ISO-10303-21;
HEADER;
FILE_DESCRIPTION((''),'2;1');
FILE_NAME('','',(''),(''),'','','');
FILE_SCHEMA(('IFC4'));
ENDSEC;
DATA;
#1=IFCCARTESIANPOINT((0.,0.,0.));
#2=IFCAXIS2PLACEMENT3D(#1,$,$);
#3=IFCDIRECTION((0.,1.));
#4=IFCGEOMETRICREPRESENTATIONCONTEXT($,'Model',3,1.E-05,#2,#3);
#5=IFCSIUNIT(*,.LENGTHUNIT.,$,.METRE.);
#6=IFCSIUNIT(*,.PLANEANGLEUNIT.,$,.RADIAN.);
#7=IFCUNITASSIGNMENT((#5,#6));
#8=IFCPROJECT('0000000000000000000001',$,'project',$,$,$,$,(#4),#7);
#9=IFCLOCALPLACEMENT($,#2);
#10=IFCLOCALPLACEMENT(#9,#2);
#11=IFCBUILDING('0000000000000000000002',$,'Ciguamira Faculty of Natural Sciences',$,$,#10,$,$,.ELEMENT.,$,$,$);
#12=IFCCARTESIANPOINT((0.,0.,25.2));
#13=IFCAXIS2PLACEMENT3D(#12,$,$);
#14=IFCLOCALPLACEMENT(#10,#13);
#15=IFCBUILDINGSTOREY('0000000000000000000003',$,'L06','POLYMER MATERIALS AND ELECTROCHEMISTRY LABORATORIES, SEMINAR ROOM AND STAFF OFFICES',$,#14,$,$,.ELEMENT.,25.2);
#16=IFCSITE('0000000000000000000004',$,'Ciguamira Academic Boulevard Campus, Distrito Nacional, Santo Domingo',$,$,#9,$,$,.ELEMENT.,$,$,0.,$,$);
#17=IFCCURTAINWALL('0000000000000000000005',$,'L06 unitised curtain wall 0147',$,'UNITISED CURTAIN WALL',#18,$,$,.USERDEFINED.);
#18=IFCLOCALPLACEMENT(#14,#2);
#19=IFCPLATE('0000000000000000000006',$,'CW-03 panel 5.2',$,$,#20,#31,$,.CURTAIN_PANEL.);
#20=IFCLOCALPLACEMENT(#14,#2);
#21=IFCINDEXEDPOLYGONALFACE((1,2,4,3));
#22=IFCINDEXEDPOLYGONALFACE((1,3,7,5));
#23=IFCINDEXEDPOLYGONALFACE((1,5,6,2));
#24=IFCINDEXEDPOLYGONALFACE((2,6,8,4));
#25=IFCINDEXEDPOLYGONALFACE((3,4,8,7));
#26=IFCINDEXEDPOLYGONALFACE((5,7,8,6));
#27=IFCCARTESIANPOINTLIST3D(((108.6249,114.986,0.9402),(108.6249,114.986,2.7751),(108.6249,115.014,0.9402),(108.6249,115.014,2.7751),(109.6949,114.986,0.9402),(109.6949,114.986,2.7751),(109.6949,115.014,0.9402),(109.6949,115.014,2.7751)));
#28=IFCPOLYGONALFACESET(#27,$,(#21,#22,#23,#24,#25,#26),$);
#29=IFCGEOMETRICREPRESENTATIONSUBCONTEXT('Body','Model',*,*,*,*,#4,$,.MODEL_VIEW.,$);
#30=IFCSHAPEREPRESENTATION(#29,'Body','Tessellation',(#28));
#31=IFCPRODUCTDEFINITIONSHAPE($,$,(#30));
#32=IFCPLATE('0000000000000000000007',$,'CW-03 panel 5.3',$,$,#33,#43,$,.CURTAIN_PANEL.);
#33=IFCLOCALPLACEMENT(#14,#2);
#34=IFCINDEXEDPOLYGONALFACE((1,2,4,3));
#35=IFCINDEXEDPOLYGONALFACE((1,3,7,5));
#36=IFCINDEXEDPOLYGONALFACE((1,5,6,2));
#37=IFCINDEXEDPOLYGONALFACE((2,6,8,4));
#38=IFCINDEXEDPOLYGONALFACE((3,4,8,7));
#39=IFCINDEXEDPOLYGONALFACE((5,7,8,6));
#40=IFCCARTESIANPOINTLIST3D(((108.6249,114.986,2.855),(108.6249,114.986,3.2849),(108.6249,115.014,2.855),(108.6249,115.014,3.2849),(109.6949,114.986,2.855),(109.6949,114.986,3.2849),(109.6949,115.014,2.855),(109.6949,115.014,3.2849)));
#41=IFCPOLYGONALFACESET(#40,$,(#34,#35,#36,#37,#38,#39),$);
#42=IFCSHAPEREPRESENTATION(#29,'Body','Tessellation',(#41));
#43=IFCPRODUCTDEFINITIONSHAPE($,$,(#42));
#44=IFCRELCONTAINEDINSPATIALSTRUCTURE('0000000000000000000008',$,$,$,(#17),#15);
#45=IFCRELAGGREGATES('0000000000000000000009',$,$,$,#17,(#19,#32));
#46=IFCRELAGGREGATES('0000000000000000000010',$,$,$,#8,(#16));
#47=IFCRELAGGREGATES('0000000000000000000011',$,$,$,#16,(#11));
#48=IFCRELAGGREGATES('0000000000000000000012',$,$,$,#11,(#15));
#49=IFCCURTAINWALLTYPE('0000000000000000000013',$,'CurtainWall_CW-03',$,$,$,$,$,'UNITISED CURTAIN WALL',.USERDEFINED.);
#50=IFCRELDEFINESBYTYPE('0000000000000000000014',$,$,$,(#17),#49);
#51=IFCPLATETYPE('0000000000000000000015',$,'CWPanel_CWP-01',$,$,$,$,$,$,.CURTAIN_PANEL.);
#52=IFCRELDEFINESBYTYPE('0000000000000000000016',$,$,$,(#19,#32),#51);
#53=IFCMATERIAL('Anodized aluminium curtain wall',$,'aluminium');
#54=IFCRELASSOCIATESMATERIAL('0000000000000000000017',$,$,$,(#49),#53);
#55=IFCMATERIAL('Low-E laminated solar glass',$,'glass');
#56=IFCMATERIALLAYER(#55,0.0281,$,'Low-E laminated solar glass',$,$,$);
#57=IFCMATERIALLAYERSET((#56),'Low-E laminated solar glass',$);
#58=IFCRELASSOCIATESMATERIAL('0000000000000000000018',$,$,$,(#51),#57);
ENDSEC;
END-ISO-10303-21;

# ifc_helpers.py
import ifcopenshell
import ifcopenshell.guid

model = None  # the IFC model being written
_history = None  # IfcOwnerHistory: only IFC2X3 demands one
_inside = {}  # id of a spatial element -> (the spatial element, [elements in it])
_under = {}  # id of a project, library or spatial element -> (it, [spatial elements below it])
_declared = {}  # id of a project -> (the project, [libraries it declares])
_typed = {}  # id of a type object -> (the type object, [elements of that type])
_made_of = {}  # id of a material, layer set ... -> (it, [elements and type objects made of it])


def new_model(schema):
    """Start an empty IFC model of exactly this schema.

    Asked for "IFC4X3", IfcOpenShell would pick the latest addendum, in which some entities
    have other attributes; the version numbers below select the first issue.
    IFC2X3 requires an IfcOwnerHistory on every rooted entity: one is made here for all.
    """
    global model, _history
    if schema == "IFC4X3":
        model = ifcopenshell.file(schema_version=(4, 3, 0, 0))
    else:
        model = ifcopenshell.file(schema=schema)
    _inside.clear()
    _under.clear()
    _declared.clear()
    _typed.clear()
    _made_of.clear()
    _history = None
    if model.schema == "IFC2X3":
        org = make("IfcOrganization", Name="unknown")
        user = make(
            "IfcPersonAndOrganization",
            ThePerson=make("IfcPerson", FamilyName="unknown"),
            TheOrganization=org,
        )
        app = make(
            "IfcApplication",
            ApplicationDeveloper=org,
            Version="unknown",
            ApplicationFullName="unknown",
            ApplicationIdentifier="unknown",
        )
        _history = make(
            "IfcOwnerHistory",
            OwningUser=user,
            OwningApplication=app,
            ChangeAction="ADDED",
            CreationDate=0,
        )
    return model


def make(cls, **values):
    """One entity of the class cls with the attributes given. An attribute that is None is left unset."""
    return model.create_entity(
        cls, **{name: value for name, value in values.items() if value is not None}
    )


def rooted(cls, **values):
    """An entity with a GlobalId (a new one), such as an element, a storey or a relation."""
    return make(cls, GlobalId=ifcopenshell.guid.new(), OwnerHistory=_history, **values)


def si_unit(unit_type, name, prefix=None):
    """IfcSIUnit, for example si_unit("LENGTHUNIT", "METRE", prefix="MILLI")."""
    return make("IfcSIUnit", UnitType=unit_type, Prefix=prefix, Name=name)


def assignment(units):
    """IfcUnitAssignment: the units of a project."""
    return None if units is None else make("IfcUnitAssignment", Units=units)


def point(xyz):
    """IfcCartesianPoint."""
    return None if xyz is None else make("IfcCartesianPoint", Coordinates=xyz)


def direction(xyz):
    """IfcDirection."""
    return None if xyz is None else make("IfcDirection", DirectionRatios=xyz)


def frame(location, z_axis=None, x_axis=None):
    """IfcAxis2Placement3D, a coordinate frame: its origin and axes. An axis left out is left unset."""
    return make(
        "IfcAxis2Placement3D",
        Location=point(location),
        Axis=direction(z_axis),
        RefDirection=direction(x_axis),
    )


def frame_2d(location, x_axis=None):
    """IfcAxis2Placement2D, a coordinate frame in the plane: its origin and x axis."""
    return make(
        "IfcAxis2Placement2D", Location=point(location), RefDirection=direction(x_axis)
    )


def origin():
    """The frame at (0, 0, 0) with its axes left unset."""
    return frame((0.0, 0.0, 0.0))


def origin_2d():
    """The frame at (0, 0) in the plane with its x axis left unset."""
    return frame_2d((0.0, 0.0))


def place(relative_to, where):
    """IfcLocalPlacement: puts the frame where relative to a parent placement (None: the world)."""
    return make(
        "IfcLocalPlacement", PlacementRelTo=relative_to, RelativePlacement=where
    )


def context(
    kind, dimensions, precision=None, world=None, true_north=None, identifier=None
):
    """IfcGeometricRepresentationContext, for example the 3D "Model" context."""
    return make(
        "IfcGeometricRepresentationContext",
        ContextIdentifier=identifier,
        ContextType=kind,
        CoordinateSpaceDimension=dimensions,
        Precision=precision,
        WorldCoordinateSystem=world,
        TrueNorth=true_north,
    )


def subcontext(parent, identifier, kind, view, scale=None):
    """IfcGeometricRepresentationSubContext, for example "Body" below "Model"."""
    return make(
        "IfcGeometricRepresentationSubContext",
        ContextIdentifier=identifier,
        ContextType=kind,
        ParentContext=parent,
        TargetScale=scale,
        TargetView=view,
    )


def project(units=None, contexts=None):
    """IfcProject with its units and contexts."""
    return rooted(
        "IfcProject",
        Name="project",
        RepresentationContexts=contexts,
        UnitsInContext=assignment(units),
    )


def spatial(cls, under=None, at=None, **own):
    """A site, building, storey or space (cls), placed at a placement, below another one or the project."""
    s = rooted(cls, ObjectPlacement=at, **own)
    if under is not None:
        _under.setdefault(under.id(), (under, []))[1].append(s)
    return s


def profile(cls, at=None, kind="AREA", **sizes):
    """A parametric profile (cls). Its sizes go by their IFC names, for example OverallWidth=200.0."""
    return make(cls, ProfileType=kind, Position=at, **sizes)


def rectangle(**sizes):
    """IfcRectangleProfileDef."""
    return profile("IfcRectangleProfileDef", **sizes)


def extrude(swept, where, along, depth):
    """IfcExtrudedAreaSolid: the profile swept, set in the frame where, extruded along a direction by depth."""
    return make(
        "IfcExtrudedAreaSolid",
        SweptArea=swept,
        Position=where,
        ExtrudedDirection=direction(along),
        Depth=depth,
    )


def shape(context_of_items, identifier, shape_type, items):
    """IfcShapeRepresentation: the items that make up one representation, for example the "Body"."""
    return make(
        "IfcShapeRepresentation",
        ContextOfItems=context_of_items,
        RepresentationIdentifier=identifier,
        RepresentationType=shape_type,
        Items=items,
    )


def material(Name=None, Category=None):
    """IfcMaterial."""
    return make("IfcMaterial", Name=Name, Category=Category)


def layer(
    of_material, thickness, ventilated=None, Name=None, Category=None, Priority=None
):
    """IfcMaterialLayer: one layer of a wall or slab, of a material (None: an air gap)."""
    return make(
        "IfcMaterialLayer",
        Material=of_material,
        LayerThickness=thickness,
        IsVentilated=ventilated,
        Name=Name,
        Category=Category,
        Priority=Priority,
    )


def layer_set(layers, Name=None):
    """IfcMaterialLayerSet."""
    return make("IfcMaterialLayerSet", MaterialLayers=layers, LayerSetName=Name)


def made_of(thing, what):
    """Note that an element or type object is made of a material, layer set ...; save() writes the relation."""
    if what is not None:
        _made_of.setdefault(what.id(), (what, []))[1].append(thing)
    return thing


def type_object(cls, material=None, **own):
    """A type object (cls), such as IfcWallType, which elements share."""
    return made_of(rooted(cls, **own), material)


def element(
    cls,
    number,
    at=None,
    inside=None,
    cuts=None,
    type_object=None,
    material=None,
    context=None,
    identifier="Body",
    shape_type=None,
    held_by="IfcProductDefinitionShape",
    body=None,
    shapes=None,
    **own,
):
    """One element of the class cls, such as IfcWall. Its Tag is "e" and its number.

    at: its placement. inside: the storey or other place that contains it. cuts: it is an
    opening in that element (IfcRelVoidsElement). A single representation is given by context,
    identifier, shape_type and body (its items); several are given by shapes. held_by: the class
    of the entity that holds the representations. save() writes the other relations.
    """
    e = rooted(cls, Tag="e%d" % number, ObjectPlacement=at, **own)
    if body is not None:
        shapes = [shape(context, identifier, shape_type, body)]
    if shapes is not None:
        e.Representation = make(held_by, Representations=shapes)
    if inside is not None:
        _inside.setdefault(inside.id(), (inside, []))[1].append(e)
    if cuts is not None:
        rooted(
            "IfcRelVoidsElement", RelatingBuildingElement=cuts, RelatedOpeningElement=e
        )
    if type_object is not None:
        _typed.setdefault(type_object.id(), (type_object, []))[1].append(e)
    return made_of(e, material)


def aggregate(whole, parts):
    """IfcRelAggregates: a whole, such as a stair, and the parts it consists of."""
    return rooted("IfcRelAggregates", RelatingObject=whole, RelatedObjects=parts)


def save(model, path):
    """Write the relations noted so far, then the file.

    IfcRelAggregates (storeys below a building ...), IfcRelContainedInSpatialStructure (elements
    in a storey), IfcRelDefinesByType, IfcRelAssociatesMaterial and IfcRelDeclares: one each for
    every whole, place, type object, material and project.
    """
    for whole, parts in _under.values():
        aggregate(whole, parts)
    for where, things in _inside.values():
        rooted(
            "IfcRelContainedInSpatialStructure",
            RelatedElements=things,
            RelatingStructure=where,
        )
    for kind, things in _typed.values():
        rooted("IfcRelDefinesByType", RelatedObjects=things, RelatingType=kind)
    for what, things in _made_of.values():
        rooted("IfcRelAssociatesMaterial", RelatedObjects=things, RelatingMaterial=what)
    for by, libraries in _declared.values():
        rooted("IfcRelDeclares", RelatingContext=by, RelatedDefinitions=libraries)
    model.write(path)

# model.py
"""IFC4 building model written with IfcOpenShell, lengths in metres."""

from ifc_helpers import new_model, si_unit, direction, frame, origin, origin_2d, place, context, subcontext, project, spatial, rectangle, extrude, material, layer, layer_set, type_object, element, aggregate, save


model = new_model("IFC4")

# Units and contexts
model_context = context("Model", 3, precision=1e-05, world=origin(), true_north=direction((0.0, 1.0)))
body_context = subcontext(model_context, "Body", "Model", "MODEL_VIEW")
ifc_project = project(units=[si_unit("LENGTHUNIT", "METRE"), si_unit("PLANEANGLEUNIT", "RADIAN")], contexts=[model_context])

# Site, building, storey
site_placement = place(None, origin())
site = spatial("IfcSite", under=ifc_project, at=site_placement, Name="Ciguamira Academic Boulevard Campus, Distrito Nacional, Santo Domingo", CompositionType="ELEMENT", RefElevation=0.0)
building_placement = place(site_placement, origin())
building = spatial("IfcBuilding", under=site, at=building_placement, Name="Ciguamira Faculty of Natural Sciences", CompositionType="ELEMENT")
storey_placement = place(building_placement, frame((0.0, 0.0, 25.2)))
storey = spatial("IfcBuildingStorey", under=building, at=storey_placement, Name="L06", Description="POLYMER MATERIALS AND ELECTROCHEMISTRY LABORATORIES, SEMINAR ROOM AND STAFF OFFICES", CompositionType="ELEMENT", Elevation=25.2)

# Curtain wall, plates
ifc_material_1 = material(Name="Anodized aluminium curtain wall", Category="aluminium")
curtain_wall_type = type_object("IfcCurtainWallType", Name="CurtainWall_CW-03", ElementType="UNITISED CURTAIN WALL", PredefinedType="USERDEFINED", material=ifc_material_1)
curtain_wall_placement = place(storey_placement, origin())
curtain_wall = element("IfcCurtainWall", 1, at=curtain_wall_placement, inside=storey, type_object=curtain_wall_type, Name="L06 unitised curtain wall 0147", ObjectType="UNITISED CURTAIN WALL", PredefinedType="USERDEFINED")
ifc_material_2 = material(Name="Low-E laminated solar glass", Category="glass")
ifc_layer = layer(ifc_material_2, 0.0281, Name="Low-E laminated solar glass")
ifc_layer_set = layer_set([ifc_layer], Name="Low-E laminated solar glass")
plate_type = type_object("IfcPlateType", Name="CWPanel_CWP-01", PredefinedType="CURTAIN_PANEL", material=ifc_layer_set)
plate_1_placement = place(storey_placement, frame((109.1599, 115.0, 0.9402), z_axis=(0.0, 0.0, 1.0), x_axis=(1.0, 0.0, 0.0)))
plate_1 = element("IfcPlate", 2, at=plate_1_placement, type_object=plate_type, Name="CW-03 panel 5.2", PredefinedType="CURTAIN_PANEL", context=body_context, shape_type="SweptSolid", body=[
    extrude(rectangle(XDim=1.0701, YDim=0.0281, at=origin_2d()), origin(), (0.0, 0.0, 1.0), 1.835),
])
plate_2_placement = place(storey_placement, frame((109.1599, 115.0, 2.855), z_axis=(0.0, 0.0, 1.0), x_axis=(1.0, 0.0, 0.0)))
plate_2 = element("IfcPlate", 3, at=plate_2_placement, type_object=plate_type, Name="CW-03 panel 5.3", PredefinedType="CURTAIN_PANEL", context=body_context, shape_type="SweptSolid", body=[
    extrude(rectangle(XDim=1.0701, YDim=0.0281, at=origin_2d()), origin(), (0.0, 0.0, 1.0), 0.4299),
])
aggregate(curtain_wall, [plate_1, plate_2])

save(model, "model.ifc")
